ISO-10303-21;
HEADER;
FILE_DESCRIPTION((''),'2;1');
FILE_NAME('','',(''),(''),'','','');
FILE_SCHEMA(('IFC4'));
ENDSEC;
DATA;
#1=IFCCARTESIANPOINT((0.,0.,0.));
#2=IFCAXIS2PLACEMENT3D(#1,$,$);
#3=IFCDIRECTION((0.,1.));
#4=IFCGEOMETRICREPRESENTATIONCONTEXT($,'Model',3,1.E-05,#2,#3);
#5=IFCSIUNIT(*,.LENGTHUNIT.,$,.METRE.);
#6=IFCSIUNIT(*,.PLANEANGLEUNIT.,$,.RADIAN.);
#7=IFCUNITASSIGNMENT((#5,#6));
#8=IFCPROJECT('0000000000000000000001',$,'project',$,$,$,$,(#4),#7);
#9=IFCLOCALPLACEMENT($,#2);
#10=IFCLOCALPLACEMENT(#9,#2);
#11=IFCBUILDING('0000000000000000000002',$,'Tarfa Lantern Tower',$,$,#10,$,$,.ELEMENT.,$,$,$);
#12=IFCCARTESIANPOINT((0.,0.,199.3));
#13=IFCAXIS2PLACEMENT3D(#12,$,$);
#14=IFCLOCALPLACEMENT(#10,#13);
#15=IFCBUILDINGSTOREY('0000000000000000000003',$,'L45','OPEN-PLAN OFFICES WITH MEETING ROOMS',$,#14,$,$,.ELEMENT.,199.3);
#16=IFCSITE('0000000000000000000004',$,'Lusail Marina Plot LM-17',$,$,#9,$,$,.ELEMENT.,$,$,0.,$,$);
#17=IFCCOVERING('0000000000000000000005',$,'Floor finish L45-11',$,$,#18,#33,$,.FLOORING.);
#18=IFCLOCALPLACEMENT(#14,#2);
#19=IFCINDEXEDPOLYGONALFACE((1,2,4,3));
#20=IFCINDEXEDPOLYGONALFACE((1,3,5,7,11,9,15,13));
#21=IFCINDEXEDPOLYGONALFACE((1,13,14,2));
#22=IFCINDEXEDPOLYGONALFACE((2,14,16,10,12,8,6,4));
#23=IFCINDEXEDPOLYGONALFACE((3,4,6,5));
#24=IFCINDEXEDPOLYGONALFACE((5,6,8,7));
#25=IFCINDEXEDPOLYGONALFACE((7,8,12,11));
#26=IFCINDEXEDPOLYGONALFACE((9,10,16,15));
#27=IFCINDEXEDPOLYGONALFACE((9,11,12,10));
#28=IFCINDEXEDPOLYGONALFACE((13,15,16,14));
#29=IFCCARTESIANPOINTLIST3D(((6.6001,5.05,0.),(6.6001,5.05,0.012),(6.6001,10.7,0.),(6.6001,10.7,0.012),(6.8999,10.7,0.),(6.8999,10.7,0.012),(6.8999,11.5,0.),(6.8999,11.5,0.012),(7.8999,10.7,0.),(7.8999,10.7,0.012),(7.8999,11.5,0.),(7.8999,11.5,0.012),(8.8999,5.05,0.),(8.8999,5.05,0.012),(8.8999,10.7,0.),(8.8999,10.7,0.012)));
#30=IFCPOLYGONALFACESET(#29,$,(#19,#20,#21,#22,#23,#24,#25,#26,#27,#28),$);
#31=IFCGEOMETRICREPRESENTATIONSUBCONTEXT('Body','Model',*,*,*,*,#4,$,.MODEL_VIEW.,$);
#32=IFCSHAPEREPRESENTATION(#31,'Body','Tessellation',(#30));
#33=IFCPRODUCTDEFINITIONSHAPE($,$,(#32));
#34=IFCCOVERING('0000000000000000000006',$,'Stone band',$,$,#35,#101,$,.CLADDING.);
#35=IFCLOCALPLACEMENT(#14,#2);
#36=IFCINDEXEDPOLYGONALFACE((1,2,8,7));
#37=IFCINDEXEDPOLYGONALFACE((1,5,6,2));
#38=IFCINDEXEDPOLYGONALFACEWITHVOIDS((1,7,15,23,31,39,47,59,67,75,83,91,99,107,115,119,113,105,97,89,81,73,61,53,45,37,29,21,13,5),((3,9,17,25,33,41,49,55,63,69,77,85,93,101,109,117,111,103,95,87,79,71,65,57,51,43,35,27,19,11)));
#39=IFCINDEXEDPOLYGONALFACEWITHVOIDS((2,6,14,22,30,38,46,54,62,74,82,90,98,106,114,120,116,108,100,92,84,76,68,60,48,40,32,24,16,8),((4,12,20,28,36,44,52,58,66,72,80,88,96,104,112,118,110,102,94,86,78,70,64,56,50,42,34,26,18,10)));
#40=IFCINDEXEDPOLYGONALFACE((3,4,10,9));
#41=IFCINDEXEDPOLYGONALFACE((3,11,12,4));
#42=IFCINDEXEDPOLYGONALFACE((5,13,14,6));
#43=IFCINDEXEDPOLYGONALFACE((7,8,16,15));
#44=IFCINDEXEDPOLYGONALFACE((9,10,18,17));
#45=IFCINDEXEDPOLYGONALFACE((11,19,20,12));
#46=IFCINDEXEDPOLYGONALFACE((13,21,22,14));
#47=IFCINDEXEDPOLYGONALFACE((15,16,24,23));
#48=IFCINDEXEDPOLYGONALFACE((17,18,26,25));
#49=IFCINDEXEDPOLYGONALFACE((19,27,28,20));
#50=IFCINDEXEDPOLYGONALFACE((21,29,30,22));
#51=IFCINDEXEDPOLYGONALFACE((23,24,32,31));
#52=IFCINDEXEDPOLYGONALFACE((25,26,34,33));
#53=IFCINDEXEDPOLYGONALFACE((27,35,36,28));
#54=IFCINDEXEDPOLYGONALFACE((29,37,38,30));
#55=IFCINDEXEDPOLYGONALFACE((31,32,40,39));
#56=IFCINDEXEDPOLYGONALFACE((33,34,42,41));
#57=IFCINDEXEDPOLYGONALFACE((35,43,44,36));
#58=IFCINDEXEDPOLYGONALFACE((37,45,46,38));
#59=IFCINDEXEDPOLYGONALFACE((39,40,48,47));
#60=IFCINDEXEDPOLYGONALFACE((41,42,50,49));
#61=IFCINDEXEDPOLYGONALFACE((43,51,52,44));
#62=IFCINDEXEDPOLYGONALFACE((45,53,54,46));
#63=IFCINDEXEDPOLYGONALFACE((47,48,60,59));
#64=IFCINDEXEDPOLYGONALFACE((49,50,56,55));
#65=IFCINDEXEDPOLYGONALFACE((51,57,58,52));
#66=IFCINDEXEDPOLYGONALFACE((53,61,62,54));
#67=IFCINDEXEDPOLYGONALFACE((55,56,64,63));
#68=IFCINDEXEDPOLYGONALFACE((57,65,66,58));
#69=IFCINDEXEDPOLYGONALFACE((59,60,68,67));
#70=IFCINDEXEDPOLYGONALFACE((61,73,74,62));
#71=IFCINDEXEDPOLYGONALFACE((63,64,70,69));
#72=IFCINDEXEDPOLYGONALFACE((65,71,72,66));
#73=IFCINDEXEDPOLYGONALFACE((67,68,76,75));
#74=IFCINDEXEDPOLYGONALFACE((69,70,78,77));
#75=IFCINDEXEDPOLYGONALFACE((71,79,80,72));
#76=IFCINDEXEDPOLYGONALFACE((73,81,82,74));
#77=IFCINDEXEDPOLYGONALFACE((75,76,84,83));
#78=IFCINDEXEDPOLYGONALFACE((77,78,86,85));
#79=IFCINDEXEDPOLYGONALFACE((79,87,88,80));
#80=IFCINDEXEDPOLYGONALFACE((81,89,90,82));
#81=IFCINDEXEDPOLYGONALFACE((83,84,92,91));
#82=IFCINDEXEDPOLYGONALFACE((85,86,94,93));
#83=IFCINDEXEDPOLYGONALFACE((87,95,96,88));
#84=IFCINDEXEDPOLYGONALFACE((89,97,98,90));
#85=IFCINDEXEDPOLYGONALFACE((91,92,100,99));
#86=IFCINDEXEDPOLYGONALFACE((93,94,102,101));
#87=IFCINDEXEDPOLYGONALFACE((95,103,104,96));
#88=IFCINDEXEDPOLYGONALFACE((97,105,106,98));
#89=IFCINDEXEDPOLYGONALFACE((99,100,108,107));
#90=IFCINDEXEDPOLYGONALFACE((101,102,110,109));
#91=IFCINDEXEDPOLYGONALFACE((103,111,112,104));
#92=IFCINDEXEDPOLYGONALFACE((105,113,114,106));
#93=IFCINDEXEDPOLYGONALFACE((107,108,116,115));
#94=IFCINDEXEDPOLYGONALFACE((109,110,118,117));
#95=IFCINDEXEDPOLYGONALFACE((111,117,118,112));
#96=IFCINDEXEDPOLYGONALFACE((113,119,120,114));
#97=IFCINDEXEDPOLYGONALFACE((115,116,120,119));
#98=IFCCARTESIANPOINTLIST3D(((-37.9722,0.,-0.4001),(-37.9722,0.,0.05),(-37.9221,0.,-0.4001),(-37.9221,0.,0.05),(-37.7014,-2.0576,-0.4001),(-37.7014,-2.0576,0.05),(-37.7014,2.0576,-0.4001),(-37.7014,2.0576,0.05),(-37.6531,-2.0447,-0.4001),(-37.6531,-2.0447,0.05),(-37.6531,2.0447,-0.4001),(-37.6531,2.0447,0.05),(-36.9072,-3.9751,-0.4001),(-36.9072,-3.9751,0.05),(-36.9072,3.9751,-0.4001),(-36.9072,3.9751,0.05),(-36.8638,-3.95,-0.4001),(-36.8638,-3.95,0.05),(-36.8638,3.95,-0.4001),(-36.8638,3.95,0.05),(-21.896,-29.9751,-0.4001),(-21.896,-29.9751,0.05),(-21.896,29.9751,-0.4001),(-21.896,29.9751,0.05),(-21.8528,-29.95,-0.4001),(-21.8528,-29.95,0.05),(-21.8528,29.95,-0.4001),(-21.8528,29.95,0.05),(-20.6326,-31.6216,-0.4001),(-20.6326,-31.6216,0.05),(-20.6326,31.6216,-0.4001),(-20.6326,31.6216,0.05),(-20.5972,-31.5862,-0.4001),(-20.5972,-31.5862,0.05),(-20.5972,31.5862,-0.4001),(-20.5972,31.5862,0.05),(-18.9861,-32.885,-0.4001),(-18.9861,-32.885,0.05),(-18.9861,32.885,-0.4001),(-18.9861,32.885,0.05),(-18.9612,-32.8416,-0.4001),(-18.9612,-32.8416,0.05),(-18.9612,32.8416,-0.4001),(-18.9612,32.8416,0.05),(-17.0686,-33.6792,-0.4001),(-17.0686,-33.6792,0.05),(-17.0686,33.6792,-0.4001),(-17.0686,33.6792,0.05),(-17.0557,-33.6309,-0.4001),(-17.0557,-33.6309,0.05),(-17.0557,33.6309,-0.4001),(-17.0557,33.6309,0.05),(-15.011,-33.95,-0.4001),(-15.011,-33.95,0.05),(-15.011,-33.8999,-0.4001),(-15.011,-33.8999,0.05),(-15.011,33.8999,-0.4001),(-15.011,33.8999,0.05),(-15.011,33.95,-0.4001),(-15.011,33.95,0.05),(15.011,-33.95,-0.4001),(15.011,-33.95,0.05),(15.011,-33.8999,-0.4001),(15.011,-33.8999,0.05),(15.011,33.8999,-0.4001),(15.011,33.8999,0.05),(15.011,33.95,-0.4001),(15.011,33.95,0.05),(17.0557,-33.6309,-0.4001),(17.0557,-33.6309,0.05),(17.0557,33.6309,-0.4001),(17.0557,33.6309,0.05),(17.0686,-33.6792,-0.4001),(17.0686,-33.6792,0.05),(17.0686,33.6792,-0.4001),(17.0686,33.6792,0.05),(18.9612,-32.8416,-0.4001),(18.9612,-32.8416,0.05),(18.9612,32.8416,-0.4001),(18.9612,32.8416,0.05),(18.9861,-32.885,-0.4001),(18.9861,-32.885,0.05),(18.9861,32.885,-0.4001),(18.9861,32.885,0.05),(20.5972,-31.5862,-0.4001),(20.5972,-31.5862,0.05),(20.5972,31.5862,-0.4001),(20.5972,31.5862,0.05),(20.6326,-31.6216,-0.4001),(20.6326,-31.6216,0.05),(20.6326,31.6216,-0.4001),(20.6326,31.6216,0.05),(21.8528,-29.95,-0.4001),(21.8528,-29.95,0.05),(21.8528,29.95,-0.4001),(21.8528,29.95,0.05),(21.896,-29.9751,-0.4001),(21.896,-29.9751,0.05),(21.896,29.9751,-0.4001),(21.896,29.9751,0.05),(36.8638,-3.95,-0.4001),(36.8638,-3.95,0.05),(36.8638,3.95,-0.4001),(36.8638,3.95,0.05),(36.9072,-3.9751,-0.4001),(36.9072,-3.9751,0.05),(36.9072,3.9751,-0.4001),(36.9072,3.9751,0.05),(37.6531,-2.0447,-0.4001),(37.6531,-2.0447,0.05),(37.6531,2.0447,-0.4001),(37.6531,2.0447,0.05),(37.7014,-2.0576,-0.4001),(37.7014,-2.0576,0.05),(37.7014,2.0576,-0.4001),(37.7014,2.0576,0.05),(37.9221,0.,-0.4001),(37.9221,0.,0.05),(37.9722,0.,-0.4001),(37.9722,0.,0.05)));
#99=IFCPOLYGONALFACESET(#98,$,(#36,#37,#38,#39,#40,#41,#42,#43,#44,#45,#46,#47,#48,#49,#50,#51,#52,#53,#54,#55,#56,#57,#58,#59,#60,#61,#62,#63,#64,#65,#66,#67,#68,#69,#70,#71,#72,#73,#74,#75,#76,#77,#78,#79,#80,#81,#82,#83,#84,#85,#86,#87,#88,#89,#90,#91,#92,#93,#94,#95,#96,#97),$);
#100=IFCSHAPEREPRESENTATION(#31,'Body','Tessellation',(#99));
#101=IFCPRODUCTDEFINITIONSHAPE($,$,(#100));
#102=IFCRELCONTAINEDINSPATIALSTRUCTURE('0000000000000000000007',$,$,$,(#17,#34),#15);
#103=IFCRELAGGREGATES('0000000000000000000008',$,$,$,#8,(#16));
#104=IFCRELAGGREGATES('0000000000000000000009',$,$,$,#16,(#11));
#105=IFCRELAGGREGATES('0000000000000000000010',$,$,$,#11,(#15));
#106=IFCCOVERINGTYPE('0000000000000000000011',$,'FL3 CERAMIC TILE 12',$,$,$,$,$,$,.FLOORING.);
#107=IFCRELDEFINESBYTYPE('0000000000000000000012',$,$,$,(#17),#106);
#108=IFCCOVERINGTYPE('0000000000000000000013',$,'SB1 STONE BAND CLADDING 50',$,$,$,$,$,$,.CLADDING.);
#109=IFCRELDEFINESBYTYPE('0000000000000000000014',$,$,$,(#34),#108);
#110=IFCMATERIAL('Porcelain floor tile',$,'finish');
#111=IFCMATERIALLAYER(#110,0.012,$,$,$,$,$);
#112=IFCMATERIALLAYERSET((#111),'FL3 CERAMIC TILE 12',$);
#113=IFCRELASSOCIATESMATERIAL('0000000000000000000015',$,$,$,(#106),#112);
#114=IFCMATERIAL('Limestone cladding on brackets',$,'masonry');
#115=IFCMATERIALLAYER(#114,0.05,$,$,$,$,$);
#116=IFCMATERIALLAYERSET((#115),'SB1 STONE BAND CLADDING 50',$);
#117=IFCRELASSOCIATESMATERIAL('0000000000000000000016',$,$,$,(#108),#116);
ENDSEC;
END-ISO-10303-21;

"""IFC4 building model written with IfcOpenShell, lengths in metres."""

from ifc_helpers import new_model, si_unit, direction, frame, origin, place, context, subcontext, project, spatial, polyline, outline, extrude, material, layer, layer_set, type_object, element, save


model = new_model("IFC4")

# Units and contexts
model_context = context("Model", 3, precision=1e-05, world=origin(), true_north=direction((0.0, 1.0)))
body_context = subcontext(model_context, "Body", "Model", "MODEL_VIEW")
ifc_project = project(units=[si_unit("LENGTHUNIT", "METRE"), si_unit("PLANEANGLEUNIT", "RADIAN")], contexts=[model_context])

# Site, building, storey
site_placement = place(None, origin())
site = spatial("IfcSite", under=ifc_project, at=site_placement, Name="Lusail Marina Plot LM-17", CompositionType="ELEMENT", RefElevation=0.0)
building_placement = place(site_placement, origin())
building = spatial("IfcBuilding", under=site, at=building_placement, Name="Tarfa Lantern Tower", CompositionType="ELEMENT")
storey_placement = place(building_placement, frame((0.0, 0.0, 199.3)))
storey = spatial("IfcBuildingStorey", under=building, at=storey_placement, Name="L45", Description="OPEN-PLAN OFFICES WITH MEETING ROOMS", CompositionType="ELEMENT", Elevation=199.3)

# Coverings
ifc_material_1 = material(Name="Porcelain floor tile", Category="finish")
ifc_layer_1 = layer(ifc_material_1, 0.012)
ifc_layer_set_1 = layer_set([ifc_layer_1], Name="FL3 CERAMIC TILE 12")
covering_type_1 = type_object("IfcCoveringType", Name="FL3 CERAMIC TILE 12", PredefinedType="FLOORING", material=ifc_layer_set_1)
covering_1_placement = place(storey_placement, origin())
element("IfcCovering", 1, at=covering_1_placement, inside=storey, type_object=covering_type_1, Name="Floor finish L45-11", PredefinedType="FLOORING", context=body_context, shape_type="SweptSolid", body=[
    extrude(outline(polyline([(6.6001, 5.05), (8.8999, 5.05), (8.8999, 10.7), (7.8999, 10.7), (7.8999, 11.5), (6.8999, 11.5), (6.8999, 10.7), (6.6001, 10.7), (6.6001, 5.05)])), origin(), (0.0, 0.0, 1.0), 0.012),
])
ifc_material_2 = material(Name="Limestone cladding on brackets", Category="masonry")
ifc_layer_2 = layer(ifc_material_2, 0.05)
ifc_layer_set_2 = layer_set([ifc_layer_2], Name="SB1 STONE BAND CLADDING 50")
covering_type_2 = type_object("IfcCoveringType", Name="SB1 STONE BAND CLADDING 50", PredefinedType="CLADDING", material=ifc_layer_set_2)
covering_2_placement = place(storey_placement, frame((0.0, 0.0, -0.4001)))
element("IfcCovering", 2, at=covering_2_placement, inside=storey, type_object=covering_type_2, Name="Stone band", PredefinedType="CLADDING", context=body_context, shape_type="SweptSolid", body=[
    extrude(outline(polyline([(36.9072, 3.9751), (21.896, 29.9751), (20.6326, 31.6216), (18.9861, 32.885), (17.0686, 33.6792), (15.011, 33.95), (-15.011, 33.95), (-17.0686, 33.6792), (-18.9861, 32.885), (-20.6326, 31.6216), (-21.896, 29.9751), (-36.9072, 3.9751), (-37.7014, 2.0576), (-37.9722, 0.0), (-37.7014, -2.0576), (-36.9072, -3.9751), (-21.896, -29.9751), (-20.6326, -31.6216), (-18.9861, -32.885), (-17.0686, -33.6792), (-15.011, -33.95), (15.011, -33.95), (17.0686, -33.6792), (18.9861, -32.885), (20.6326, -31.6216), (21.896, -29.9751), (36.9072, -3.9751), (37.7014, -2.0576), (37.9722, 0.0), (37.7014, 2.0576), (36.9072, 3.9751)]), holes=[polyline([(36.8638, 3.95), (21.8528, 29.95), (20.5972, 31.5862), (18.9612, 32.8416), (17.0557, 33.6309), (15.011, 33.8999), (-15.011, 33.8999), (-17.0557, 33.6309), (-18.9612, 32.8416), (-20.5972, 31.5862), (-21.8528, 29.95), (-36.8638, 3.95), (-37.6531, 2.0447), (-37.9221, 0.0), (-37.6531, -2.0447), (-36.8638, -3.95), (-21.8528, -29.95), (-20.5972, -31.5862), (-18.9612, -32.8416), (-17.0557, -33.6309), (-15.011, -33.8999), (15.011, -33.8999), (17.0557, -33.6309), (18.9612, -32.8416), (20.5972, -31.5862), (21.8528, -29.95), (36.8638, -3.95), (37.6531, -2.0447), (37.9221, 0.0), (37.6531, 2.0447), (36.8638, 3.95)])]), origin(), (0.0, 0.0, 1.0), 0.4502),
])

save(model, "model.ifc")
